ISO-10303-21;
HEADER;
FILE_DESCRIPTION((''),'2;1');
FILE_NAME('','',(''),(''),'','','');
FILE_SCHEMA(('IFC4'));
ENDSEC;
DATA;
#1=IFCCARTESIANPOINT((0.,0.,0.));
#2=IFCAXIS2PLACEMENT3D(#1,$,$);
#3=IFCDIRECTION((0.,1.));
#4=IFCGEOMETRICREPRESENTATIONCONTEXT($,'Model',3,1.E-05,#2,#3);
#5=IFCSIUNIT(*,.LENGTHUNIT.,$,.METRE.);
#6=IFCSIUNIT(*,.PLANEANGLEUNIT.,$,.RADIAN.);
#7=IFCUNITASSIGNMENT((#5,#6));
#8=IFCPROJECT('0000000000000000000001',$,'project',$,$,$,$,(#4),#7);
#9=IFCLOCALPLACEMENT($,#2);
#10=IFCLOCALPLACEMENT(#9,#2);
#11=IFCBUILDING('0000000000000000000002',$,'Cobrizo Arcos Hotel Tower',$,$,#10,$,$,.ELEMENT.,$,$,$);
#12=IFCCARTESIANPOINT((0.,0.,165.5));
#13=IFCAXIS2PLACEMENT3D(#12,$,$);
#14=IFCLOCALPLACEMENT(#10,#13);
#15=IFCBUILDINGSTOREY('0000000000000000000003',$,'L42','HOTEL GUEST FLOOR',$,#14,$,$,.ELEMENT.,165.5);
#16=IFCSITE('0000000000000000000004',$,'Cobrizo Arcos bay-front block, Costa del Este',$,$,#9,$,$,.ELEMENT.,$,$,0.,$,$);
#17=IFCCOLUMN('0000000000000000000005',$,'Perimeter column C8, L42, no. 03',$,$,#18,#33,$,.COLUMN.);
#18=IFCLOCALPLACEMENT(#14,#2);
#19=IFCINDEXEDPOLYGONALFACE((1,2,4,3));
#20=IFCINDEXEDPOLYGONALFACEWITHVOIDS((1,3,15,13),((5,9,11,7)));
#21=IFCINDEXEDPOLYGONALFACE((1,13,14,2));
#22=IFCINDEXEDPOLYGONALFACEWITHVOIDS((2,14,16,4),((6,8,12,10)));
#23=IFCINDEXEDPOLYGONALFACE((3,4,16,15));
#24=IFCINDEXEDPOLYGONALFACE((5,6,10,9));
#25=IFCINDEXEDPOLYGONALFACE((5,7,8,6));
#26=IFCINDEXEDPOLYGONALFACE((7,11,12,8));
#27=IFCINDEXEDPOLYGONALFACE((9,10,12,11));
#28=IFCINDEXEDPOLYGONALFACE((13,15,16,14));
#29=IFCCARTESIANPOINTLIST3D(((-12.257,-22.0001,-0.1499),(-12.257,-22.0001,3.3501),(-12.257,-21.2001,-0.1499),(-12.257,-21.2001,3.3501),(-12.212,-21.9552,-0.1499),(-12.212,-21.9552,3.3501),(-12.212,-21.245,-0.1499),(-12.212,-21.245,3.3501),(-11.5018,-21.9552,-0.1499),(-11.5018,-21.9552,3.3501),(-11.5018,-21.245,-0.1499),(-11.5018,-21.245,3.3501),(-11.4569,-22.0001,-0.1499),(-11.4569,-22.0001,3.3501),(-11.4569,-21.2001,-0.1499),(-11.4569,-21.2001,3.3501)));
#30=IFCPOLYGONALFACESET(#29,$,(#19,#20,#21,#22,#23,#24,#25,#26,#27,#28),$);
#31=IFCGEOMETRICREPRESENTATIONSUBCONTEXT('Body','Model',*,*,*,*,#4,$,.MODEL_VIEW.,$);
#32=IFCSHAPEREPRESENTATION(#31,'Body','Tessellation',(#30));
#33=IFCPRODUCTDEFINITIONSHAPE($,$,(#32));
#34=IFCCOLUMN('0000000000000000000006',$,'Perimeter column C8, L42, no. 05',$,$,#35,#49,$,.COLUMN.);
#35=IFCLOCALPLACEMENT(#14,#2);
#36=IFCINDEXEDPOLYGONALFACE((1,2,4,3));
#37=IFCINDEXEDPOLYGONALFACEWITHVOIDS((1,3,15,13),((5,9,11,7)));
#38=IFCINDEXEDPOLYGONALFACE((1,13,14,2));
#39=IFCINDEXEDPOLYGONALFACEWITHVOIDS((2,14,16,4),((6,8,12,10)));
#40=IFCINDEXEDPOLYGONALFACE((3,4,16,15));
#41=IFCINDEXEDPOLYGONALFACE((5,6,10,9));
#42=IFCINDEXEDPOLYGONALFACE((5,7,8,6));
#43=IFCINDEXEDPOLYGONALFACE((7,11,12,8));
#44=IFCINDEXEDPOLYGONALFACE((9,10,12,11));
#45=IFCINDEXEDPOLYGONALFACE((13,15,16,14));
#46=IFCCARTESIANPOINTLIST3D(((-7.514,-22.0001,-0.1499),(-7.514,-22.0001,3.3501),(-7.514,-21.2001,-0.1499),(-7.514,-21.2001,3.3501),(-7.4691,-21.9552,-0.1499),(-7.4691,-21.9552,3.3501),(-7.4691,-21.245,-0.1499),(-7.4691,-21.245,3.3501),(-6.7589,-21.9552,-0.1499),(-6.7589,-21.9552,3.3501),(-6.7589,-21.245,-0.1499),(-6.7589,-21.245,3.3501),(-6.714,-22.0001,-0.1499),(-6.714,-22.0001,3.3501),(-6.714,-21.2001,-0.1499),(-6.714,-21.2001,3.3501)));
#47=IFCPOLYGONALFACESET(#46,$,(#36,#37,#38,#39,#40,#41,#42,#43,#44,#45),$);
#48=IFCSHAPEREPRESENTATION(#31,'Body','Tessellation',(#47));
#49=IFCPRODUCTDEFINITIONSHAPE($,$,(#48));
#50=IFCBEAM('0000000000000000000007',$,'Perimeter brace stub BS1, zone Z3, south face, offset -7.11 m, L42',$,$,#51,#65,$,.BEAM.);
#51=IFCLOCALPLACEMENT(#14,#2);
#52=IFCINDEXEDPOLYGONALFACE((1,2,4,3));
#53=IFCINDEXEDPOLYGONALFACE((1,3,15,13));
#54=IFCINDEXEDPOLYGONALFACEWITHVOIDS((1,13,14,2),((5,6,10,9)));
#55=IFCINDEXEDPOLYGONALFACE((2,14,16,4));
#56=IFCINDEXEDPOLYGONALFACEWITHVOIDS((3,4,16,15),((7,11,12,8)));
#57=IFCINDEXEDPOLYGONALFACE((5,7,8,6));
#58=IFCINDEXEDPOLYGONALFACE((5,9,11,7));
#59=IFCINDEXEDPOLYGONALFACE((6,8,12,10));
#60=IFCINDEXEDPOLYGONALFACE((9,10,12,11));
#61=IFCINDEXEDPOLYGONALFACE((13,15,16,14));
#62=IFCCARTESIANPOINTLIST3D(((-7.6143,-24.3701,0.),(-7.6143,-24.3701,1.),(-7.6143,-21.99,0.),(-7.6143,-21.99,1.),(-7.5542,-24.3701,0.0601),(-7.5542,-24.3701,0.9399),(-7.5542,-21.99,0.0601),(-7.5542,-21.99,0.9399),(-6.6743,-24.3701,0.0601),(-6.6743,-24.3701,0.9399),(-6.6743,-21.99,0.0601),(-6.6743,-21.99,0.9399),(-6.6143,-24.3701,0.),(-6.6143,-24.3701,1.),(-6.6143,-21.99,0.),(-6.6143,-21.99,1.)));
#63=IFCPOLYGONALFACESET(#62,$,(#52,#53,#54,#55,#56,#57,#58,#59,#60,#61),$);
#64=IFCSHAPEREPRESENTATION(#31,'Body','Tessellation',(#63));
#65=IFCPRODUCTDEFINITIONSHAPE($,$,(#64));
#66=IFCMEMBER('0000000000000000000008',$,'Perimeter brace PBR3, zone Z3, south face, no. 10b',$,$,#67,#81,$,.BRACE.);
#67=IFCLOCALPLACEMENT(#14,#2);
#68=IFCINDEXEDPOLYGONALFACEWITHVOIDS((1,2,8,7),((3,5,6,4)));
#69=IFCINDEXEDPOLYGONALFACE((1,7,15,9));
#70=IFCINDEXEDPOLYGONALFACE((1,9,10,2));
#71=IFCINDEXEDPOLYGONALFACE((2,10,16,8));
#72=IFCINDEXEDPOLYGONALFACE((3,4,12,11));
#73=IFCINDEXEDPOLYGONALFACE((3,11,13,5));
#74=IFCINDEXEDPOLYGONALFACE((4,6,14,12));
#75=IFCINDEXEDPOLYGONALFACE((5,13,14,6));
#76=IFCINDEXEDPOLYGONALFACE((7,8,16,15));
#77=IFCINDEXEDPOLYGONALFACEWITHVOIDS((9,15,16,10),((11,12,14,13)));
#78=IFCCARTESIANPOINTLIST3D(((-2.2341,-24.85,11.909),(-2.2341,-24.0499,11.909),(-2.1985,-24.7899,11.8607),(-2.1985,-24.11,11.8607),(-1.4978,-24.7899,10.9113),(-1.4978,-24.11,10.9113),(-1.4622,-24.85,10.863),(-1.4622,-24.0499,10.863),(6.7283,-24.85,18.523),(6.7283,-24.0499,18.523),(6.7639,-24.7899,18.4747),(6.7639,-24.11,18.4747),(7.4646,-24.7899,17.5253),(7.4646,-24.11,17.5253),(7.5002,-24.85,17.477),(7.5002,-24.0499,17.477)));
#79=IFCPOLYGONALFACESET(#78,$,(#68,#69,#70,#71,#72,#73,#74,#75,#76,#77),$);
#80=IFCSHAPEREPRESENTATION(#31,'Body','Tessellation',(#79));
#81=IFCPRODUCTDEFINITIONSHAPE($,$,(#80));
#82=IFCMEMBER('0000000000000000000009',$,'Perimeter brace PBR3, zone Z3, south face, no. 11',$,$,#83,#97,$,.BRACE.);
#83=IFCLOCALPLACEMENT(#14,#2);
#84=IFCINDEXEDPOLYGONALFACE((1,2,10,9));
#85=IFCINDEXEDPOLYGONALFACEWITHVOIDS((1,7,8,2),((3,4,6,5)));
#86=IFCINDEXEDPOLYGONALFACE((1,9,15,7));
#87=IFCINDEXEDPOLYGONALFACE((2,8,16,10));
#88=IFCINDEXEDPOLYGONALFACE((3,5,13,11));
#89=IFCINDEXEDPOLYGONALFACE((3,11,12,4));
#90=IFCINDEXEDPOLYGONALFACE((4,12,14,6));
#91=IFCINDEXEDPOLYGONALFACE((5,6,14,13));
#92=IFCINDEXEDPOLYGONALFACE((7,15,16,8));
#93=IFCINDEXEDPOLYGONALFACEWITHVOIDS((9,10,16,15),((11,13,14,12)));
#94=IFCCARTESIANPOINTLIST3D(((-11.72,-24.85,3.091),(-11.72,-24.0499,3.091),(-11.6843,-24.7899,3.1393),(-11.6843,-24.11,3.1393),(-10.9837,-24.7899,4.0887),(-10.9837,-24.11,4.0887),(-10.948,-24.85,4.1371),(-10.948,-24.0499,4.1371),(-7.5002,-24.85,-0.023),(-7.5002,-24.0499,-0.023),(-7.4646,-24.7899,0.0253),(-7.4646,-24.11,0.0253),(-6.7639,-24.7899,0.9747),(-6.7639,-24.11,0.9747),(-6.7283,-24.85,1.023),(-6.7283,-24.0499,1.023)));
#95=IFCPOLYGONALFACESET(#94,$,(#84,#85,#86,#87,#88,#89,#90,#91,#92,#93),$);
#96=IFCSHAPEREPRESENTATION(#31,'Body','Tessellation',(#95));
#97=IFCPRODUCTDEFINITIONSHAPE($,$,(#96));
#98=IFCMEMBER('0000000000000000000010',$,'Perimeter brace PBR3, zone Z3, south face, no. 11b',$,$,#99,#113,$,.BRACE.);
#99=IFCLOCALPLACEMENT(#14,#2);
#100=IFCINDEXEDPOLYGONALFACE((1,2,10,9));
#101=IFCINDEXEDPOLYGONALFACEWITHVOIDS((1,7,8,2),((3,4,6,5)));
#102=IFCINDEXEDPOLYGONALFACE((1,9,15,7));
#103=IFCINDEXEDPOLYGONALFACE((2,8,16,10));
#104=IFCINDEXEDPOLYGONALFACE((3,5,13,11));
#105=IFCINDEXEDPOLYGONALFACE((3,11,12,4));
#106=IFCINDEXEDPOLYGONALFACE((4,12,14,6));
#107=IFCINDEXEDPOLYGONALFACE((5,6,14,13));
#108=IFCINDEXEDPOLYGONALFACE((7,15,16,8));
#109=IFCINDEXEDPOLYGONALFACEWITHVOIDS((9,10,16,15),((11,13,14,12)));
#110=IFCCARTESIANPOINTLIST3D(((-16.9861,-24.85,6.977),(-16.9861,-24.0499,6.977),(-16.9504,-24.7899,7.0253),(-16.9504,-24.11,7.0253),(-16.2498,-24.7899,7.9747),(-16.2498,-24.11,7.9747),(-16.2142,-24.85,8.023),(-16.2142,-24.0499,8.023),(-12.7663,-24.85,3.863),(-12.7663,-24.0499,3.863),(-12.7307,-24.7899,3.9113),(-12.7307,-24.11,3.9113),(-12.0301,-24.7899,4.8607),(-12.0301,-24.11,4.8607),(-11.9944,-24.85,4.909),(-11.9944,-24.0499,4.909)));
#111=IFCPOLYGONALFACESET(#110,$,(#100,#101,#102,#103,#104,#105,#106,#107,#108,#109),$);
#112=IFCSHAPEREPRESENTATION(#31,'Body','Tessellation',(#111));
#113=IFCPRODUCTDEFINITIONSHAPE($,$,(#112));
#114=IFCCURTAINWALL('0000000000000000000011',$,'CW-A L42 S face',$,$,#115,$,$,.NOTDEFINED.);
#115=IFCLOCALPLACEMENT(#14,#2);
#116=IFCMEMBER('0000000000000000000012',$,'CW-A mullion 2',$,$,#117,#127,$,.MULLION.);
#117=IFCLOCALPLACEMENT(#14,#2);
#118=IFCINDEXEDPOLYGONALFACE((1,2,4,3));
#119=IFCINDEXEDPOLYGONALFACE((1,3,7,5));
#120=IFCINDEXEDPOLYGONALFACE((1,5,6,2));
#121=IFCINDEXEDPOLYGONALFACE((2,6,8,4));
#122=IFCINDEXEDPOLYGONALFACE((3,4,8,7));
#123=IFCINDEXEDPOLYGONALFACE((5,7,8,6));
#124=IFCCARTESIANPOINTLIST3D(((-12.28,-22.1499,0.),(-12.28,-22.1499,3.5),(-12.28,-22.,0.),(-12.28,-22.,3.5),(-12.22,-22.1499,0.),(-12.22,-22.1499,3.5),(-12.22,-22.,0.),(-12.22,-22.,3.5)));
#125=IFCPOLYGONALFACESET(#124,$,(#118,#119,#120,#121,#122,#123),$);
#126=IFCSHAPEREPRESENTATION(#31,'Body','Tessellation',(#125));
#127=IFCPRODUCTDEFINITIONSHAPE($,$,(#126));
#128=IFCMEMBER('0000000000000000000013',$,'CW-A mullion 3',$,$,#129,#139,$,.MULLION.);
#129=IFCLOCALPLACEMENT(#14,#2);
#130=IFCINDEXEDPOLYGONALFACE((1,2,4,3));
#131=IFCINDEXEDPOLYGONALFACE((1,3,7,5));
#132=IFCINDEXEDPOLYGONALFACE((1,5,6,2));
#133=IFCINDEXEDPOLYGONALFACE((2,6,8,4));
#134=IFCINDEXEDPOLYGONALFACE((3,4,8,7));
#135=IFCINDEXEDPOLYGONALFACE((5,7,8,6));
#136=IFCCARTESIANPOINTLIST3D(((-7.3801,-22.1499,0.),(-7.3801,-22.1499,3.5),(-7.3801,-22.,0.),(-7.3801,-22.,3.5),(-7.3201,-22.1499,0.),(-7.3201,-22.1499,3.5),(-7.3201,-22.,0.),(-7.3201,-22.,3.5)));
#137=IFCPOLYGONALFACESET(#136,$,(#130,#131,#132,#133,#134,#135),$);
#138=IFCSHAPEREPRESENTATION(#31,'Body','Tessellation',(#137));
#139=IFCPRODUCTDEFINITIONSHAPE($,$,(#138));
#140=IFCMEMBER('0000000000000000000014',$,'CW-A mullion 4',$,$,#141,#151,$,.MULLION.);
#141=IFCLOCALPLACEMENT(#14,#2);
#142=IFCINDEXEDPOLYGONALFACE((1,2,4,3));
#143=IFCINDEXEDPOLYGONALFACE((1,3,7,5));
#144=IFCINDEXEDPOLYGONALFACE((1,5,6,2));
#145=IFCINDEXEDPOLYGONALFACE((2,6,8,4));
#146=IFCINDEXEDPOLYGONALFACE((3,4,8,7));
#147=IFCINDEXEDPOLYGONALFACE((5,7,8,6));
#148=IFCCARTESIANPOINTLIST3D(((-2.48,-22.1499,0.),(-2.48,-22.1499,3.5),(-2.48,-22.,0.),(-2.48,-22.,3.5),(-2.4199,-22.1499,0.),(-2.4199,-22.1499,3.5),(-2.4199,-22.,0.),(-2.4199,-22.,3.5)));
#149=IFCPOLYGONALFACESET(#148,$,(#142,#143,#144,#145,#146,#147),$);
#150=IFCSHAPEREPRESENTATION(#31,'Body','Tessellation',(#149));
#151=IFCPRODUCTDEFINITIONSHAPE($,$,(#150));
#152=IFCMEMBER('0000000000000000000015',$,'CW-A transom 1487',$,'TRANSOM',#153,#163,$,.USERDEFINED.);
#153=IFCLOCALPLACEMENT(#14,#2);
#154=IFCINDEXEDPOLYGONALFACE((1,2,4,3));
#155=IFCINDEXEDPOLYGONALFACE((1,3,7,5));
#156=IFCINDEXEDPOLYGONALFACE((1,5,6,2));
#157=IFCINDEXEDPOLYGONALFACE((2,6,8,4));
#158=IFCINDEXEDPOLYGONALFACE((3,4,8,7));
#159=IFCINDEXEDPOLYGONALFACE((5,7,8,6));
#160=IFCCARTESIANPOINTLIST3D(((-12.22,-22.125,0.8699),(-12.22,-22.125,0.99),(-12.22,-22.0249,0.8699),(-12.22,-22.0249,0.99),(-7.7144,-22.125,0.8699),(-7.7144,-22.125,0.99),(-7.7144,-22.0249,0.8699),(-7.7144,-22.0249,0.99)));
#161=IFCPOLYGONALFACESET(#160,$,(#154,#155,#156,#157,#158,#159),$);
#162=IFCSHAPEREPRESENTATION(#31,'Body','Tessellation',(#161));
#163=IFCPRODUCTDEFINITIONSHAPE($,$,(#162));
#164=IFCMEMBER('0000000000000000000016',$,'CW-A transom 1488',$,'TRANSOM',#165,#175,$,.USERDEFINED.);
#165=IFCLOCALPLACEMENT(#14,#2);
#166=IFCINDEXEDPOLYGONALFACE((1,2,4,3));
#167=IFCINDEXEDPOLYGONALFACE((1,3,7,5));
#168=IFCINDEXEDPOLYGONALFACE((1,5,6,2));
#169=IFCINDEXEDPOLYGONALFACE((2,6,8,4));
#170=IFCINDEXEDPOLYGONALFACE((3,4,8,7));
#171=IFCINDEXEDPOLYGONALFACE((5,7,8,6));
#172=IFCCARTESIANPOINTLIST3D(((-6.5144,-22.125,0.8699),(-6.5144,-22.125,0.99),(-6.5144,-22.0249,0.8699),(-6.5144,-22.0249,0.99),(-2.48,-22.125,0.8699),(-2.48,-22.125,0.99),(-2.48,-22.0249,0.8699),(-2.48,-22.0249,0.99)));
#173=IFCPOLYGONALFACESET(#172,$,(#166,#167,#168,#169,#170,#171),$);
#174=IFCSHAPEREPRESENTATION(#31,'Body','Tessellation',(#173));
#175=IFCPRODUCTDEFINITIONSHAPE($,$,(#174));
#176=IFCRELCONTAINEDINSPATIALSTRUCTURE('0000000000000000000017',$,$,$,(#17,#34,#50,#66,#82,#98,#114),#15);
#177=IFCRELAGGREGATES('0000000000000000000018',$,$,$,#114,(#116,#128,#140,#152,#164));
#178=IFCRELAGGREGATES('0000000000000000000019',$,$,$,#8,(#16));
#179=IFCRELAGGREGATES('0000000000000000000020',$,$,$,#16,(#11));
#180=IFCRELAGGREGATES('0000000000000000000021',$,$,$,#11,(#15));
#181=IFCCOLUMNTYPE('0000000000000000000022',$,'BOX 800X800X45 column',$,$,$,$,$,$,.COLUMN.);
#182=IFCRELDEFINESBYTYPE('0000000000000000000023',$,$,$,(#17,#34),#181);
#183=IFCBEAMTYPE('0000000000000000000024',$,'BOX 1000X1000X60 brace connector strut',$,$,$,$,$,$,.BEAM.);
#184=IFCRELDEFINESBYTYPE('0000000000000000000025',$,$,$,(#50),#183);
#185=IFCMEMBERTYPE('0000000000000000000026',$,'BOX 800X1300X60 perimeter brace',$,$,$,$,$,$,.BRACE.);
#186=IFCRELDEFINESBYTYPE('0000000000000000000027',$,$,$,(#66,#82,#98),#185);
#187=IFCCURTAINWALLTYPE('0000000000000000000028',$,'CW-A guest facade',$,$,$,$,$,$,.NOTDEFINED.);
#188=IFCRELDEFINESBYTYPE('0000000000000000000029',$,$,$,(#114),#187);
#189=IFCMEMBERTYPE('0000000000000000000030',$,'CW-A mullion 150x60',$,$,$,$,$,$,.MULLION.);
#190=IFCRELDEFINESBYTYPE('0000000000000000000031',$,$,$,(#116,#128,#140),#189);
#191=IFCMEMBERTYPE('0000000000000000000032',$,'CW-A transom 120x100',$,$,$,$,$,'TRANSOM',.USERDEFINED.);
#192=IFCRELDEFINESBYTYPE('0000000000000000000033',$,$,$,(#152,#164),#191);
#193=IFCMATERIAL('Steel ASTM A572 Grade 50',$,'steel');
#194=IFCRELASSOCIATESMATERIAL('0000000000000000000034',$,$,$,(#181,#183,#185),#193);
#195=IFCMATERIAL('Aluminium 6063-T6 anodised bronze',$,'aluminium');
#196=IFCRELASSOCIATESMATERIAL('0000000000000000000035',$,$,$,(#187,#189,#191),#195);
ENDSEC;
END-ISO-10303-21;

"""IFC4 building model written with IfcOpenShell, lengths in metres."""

from ifc_helpers import new_model, si_unit, direction, frame, origin, origin_2d, place, context, subcontext, project, spatial, rectangle, hollow_rectangle, extrude, material, material_profile, profile_set, type_object, element, aggregate, save


model = new_model("IFC4")

# Units and contexts
model_context = context("Model", 3, precision=1e-05, world=origin(), true_north=direction((0.0, 1.0)))
body_context = subcontext(model_context, "Body", "Model", "MODEL_VIEW")
ifc_project = project(units=[si_unit("LENGTHUNIT", "METRE"), si_unit("PLANEANGLEUNIT", "RADIAN")], contexts=[model_context])

# Site, building, storey
site_placement = place(None, origin())
site = spatial("IfcSite", under=ifc_project, at=site_placement, Name="Cobrizo Arcos bay-front block, Costa del Este", CompositionType="ELEMENT", RefElevation=0.0)
building_placement = place(site_placement, origin())
building = spatial("IfcBuilding", under=site, at=building_placement, Name="Cobrizo Arcos Hotel Tower", CompositionType="ELEMENT")
storey_placement = place(building_placement, frame((0.0, 0.0, 165.5)))
storey = spatial("IfcBuildingStorey", under=building, at=storey_placement, Name="L42", Description="HOTEL GUEST FLOOR", CompositionType="ELEMENT", Elevation=165.5)

# Columns
ifc_material_1 = material(Name="Steel ASTM A572 Grade 50", Category="steel")
ifc_material_profile_1 = material_profile(ifc_material_1, hollow_rectangle(XDim=0.8, YDim=0.8, WallThickness=0.0449, at=origin_2d()), Name="BOX 800X800X45")
ifc_profile_set_1 = profile_set([ifc_material_profile_1], Name="Steel ASTM A572 Grade 50")
column_type = type_object("IfcColumnType", Name="BOX 800X800X45 column", PredefinedType="COLUMN", material=ifc_profile_set_1)
for number, where, z_axis, x_axis, name in (
    (1, (-11.8569, -21.6001, -0.1499), (0.0, 0.0, 1.0), (1.0, 0.0, 0.0), "Perimeter column C8, L42, no. 03"),
    (2, (-7.114, -21.6001, -0.1499), (0.0, 0.0, 1.0), (1.0, 0.0, 0.0), "Perimeter column C8, L42, no. 05"),
):
    element("IfcColumn", number, at=place(storey_placement, frame(where, z_axis=z_axis, x_axis=x_axis)), inside=storey, type_object=column_type, Name=name, PredefinedType="COLUMN", context=body_context, shape_type="SweptSolid", body=[
        extrude(hollow_rectangle(XDim=0.8, YDim=0.8, WallThickness=0.0449, at=origin_2d()), origin(), (0.0, 0.0, 1.0), 3.5),
    ])

# Beam
ifc_material_profile_2 = material_profile(ifc_material_1, hollow_rectangle(XDim=1.0, YDim=1.0, WallThickness=0.0601, at=origin_2d()), Name="BOX 1000X1000X60")
ifc_profile_set_2 = profile_set([ifc_material_profile_2], Name="Steel ASTM A572 Grade 50")
beam_type_1 = type_object("IfcBeamType", Name="BOX 1000X1000X60 brace connector strut", PredefinedType="BEAM", material=ifc_profile_set_2)
beam_placement = place(storey_placement, frame((-7.1143, -21.99, 0.5), z_axis=(0.0, -1.0, 0.0), x_axis=(1.0, 0.0, 0.0)))
element("IfcBeam", 3, at=beam_placement, inside=storey, type_object=beam_type_1, Name="Perimeter brace stub BS1, zone Z3, south face, offset -7.11 m, L42", PredefinedType="BEAM", context=body_context, shape_type="SweptSolid", body=[
    extrude(hollow_rectangle(XDim=1.0, YDim=1.0, WallThickness=0.0601, at=origin_2d()), origin(), (0.0, 0.0, 1.0), 2.3801),
])

# Members
ifc_material_profile_3 = material_profile(ifc_material_1, hollow_rectangle(XDim=0.8, YDim=1.3, WallThickness=0.0601, at=origin_2d()), Name="BOX 800X1300X60")
ifc_profile_set_3 = profile_set([ifc_material_profile_3], Name="Steel ASTM A572 Grade 50")
member_type_1 = type_object("IfcMemberType", Name="BOX 800X1300X60 perimeter brace", PredefinedType="BRACE", material=ifc_profile_set_3)
member_1_placement = place(storey_placement, frame((-1.8481, -24.45, 11.386), z_axis=(0.804621, 0.0, 0.593789), x_axis=(0.0, 1.0, 0.0)))
element("IfcMember", 4, at=member_1_placement, inside=storey, type_object=member_type_1, Name="Perimeter brace PBR3, zone Z3, south face, no. 10b", PredefinedType="BRACE", context=body_context, shape_type="SweptSolid", body=[
    extrude(hollow_rectangle(XDim=0.8, YDim=1.3, WallThickness=0.0601, at=origin_2d()), origin(), (0.0, 0.0, 1.0), 11.1387),
])
for number, where, z_axis, x_axis, name in (
    (5, (-7.1143, -24.45, 0.5), (-0.804624, 0.0, 0.593785), (0.0, -1.0, 0.0), "Perimeter brace PBR3, zone Z3, south face, no. 11"),
    (6, (-12.3804, -24.45, 4.386), (-0.804624, 0.0, 0.593785), (0.0, -1.0, 0.0), "Perimeter brace PBR3, zone Z3, south face, no. 11b"),
):
    element("IfcMember", number, at=place(storey_placement, frame(where, z_axis=z_axis, x_axis=x_axis)), inside=storey, type_object=member_type_1, Name=name, PredefinedType="BRACE", context=body_context, shape_type="SweptSolid", body=[
        extrude(hollow_rectangle(XDim=0.8, YDim=1.3, WallThickness=0.0601, at=origin_2d()), origin(), (0.0, 0.0, 1.0), 5.2444),
    ])

# Curtain wall, members
ifc_material_2 = material(Name="Aluminium 6063-T6 anodised bronze", Category="aluminium")
curtain_wall_type = type_object("IfcCurtainWallType", Name="CW-A guest facade", PredefinedType="NOTDEFINED", material=ifc_material_2)
curtain_wall_placement = place(storey_placement, origin())
curtain_wall = element("IfcCurtainWall", 7, at=curtain_wall_placement, inside=storey, type_object=curtain_wall_type, Name="CW-A L42 S face", PredefinedType="NOTDEFINED")
ifc_material_profile_4 = material_profile(ifc_material_2, rectangle(XDim=0.1499, YDim=0.0601, at=origin_2d()), Name="CW-A mullion 150x60")
ifc_profile_set_4 = profile_set([ifc_material_profile_4], Name="Aluminium 6063-T6 anodised bronze")
member_type_2 = type_object("IfcMemberType", Name="CW-A mullion 150x60", PredefinedType="MULLION", material=ifc_profile_set_4)
member_2_placement = place(storey_placement, frame((-12.25, -22.075, 0.0), z_axis=(0.0, 0.0, 1.0), x_axis=(0.0, -1.0, 0.0)))
member_2 = element("IfcMember", 8, at=member_2_placement, type_object=member_type_2, Name="CW-A mullion 2", PredefinedType="MULLION", context=body_context, shape_type="SweptSolid", body=[
    extrude(rectangle(XDim=0.1499, YDim=0.0601, at=origin_2d()), origin(), (0.0, 0.0, 1.0), 3.5),
])
member_3_placement = place(storey_placement, frame((-7.3501, -22.075, 0.0), z_axis=(0.0, 0.0, 1.0), x_axis=(0.0, -1.0, 0.0)))
member_3 = element("IfcMember", 9, at=member_3_placement, type_object=member_type_2, Name="CW-A mullion 3", PredefinedType="MULLION", context=body_context, shape_type="SweptSolid", body=[
    extrude(rectangle(XDim=0.1499, YDim=0.0601, at=origin_2d()), origin(), (0.0, 0.0, 1.0), 3.5),
])
member_4_placement = place(storey_placement, frame((-2.45, -22.075, 0.0), z_axis=(0.0, 0.0, 1.0), x_axis=(0.0, -1.0, 0.0)))
member_4 = element("IfcMember", 10, at=member_4_placement, type_object=member_type_2, Name="CW-A mullion 4", PredefinedType="MULLION", context=body_context, shape_type="SweptSolid", body=[
    extrude(rectangle(XDim=0.1499, YDim=0.0601, at=origin_2d()), origin(), (0.0, 0.0, 1.0), 3.5),
])
ifc_material_profile_5 = material_profile(ifc_material_2, rectangle(XDim=0.1001, YDim=0.1201, at=origin_2d()), Name="CW-A transom 120x100")
ifc_profile_set_5 = profile_set([ifc_material_profile_5], Name="Aluminium 6063-T6 anodised bronze")
member_type_3 = type_object("IfcMemberType", Name="CW-A transom 120x100", ElementType="TRANSOM", PredefinedType="USERDEFINED", material=ifc_profile_set_5)
member_5_placement = place(storey_placement, frame((-12.22, -22.075, 0.9299), z_axis=(1.0, 0.0, 0.0), x_axis=(0.0, 1.0, 0.0)))
member_5 = element("IfcMember", 11, at=member_5_placement, type_object=member_type_3, Name="CW-A transom 1487", ObjectType="TRANSOM", PredefinedType="USERDEFINED", context=body_context, shape_type="SweptSolid", body=[
    extrude(rectangle(XDim=0.1001, YDim=0.1201, at=origin_2d()), origin(), (0.0, 0.0, 1.0), 4.5056),
])
member_6_placement = place(storey_placement, frame((-6.5144, -22.075, 0.9299), z_axis=(1.0, 0.0, 0.0), x_axis=(0.0, 1.0, 0.0)))
member_6 = element("IfcMember", 12, at=member_6_placement, type_object=member_type_3, Name="CW-A transom 1488", ObjectType="TRANSOM", PredefinedType="USERDEFINED", context=body_context, shape_type="SweptSolid", body=[
    extrude(rectangle(XDim=0.1001, YDim=0.1201, at=origin_2d()), origin(), (0.0, 0.0, 1.0), 4.0344),
])

aggregate(curtain_wall, [member_2, member_3, member_4, member_5, member_6])

save(model, "model.ifc")
